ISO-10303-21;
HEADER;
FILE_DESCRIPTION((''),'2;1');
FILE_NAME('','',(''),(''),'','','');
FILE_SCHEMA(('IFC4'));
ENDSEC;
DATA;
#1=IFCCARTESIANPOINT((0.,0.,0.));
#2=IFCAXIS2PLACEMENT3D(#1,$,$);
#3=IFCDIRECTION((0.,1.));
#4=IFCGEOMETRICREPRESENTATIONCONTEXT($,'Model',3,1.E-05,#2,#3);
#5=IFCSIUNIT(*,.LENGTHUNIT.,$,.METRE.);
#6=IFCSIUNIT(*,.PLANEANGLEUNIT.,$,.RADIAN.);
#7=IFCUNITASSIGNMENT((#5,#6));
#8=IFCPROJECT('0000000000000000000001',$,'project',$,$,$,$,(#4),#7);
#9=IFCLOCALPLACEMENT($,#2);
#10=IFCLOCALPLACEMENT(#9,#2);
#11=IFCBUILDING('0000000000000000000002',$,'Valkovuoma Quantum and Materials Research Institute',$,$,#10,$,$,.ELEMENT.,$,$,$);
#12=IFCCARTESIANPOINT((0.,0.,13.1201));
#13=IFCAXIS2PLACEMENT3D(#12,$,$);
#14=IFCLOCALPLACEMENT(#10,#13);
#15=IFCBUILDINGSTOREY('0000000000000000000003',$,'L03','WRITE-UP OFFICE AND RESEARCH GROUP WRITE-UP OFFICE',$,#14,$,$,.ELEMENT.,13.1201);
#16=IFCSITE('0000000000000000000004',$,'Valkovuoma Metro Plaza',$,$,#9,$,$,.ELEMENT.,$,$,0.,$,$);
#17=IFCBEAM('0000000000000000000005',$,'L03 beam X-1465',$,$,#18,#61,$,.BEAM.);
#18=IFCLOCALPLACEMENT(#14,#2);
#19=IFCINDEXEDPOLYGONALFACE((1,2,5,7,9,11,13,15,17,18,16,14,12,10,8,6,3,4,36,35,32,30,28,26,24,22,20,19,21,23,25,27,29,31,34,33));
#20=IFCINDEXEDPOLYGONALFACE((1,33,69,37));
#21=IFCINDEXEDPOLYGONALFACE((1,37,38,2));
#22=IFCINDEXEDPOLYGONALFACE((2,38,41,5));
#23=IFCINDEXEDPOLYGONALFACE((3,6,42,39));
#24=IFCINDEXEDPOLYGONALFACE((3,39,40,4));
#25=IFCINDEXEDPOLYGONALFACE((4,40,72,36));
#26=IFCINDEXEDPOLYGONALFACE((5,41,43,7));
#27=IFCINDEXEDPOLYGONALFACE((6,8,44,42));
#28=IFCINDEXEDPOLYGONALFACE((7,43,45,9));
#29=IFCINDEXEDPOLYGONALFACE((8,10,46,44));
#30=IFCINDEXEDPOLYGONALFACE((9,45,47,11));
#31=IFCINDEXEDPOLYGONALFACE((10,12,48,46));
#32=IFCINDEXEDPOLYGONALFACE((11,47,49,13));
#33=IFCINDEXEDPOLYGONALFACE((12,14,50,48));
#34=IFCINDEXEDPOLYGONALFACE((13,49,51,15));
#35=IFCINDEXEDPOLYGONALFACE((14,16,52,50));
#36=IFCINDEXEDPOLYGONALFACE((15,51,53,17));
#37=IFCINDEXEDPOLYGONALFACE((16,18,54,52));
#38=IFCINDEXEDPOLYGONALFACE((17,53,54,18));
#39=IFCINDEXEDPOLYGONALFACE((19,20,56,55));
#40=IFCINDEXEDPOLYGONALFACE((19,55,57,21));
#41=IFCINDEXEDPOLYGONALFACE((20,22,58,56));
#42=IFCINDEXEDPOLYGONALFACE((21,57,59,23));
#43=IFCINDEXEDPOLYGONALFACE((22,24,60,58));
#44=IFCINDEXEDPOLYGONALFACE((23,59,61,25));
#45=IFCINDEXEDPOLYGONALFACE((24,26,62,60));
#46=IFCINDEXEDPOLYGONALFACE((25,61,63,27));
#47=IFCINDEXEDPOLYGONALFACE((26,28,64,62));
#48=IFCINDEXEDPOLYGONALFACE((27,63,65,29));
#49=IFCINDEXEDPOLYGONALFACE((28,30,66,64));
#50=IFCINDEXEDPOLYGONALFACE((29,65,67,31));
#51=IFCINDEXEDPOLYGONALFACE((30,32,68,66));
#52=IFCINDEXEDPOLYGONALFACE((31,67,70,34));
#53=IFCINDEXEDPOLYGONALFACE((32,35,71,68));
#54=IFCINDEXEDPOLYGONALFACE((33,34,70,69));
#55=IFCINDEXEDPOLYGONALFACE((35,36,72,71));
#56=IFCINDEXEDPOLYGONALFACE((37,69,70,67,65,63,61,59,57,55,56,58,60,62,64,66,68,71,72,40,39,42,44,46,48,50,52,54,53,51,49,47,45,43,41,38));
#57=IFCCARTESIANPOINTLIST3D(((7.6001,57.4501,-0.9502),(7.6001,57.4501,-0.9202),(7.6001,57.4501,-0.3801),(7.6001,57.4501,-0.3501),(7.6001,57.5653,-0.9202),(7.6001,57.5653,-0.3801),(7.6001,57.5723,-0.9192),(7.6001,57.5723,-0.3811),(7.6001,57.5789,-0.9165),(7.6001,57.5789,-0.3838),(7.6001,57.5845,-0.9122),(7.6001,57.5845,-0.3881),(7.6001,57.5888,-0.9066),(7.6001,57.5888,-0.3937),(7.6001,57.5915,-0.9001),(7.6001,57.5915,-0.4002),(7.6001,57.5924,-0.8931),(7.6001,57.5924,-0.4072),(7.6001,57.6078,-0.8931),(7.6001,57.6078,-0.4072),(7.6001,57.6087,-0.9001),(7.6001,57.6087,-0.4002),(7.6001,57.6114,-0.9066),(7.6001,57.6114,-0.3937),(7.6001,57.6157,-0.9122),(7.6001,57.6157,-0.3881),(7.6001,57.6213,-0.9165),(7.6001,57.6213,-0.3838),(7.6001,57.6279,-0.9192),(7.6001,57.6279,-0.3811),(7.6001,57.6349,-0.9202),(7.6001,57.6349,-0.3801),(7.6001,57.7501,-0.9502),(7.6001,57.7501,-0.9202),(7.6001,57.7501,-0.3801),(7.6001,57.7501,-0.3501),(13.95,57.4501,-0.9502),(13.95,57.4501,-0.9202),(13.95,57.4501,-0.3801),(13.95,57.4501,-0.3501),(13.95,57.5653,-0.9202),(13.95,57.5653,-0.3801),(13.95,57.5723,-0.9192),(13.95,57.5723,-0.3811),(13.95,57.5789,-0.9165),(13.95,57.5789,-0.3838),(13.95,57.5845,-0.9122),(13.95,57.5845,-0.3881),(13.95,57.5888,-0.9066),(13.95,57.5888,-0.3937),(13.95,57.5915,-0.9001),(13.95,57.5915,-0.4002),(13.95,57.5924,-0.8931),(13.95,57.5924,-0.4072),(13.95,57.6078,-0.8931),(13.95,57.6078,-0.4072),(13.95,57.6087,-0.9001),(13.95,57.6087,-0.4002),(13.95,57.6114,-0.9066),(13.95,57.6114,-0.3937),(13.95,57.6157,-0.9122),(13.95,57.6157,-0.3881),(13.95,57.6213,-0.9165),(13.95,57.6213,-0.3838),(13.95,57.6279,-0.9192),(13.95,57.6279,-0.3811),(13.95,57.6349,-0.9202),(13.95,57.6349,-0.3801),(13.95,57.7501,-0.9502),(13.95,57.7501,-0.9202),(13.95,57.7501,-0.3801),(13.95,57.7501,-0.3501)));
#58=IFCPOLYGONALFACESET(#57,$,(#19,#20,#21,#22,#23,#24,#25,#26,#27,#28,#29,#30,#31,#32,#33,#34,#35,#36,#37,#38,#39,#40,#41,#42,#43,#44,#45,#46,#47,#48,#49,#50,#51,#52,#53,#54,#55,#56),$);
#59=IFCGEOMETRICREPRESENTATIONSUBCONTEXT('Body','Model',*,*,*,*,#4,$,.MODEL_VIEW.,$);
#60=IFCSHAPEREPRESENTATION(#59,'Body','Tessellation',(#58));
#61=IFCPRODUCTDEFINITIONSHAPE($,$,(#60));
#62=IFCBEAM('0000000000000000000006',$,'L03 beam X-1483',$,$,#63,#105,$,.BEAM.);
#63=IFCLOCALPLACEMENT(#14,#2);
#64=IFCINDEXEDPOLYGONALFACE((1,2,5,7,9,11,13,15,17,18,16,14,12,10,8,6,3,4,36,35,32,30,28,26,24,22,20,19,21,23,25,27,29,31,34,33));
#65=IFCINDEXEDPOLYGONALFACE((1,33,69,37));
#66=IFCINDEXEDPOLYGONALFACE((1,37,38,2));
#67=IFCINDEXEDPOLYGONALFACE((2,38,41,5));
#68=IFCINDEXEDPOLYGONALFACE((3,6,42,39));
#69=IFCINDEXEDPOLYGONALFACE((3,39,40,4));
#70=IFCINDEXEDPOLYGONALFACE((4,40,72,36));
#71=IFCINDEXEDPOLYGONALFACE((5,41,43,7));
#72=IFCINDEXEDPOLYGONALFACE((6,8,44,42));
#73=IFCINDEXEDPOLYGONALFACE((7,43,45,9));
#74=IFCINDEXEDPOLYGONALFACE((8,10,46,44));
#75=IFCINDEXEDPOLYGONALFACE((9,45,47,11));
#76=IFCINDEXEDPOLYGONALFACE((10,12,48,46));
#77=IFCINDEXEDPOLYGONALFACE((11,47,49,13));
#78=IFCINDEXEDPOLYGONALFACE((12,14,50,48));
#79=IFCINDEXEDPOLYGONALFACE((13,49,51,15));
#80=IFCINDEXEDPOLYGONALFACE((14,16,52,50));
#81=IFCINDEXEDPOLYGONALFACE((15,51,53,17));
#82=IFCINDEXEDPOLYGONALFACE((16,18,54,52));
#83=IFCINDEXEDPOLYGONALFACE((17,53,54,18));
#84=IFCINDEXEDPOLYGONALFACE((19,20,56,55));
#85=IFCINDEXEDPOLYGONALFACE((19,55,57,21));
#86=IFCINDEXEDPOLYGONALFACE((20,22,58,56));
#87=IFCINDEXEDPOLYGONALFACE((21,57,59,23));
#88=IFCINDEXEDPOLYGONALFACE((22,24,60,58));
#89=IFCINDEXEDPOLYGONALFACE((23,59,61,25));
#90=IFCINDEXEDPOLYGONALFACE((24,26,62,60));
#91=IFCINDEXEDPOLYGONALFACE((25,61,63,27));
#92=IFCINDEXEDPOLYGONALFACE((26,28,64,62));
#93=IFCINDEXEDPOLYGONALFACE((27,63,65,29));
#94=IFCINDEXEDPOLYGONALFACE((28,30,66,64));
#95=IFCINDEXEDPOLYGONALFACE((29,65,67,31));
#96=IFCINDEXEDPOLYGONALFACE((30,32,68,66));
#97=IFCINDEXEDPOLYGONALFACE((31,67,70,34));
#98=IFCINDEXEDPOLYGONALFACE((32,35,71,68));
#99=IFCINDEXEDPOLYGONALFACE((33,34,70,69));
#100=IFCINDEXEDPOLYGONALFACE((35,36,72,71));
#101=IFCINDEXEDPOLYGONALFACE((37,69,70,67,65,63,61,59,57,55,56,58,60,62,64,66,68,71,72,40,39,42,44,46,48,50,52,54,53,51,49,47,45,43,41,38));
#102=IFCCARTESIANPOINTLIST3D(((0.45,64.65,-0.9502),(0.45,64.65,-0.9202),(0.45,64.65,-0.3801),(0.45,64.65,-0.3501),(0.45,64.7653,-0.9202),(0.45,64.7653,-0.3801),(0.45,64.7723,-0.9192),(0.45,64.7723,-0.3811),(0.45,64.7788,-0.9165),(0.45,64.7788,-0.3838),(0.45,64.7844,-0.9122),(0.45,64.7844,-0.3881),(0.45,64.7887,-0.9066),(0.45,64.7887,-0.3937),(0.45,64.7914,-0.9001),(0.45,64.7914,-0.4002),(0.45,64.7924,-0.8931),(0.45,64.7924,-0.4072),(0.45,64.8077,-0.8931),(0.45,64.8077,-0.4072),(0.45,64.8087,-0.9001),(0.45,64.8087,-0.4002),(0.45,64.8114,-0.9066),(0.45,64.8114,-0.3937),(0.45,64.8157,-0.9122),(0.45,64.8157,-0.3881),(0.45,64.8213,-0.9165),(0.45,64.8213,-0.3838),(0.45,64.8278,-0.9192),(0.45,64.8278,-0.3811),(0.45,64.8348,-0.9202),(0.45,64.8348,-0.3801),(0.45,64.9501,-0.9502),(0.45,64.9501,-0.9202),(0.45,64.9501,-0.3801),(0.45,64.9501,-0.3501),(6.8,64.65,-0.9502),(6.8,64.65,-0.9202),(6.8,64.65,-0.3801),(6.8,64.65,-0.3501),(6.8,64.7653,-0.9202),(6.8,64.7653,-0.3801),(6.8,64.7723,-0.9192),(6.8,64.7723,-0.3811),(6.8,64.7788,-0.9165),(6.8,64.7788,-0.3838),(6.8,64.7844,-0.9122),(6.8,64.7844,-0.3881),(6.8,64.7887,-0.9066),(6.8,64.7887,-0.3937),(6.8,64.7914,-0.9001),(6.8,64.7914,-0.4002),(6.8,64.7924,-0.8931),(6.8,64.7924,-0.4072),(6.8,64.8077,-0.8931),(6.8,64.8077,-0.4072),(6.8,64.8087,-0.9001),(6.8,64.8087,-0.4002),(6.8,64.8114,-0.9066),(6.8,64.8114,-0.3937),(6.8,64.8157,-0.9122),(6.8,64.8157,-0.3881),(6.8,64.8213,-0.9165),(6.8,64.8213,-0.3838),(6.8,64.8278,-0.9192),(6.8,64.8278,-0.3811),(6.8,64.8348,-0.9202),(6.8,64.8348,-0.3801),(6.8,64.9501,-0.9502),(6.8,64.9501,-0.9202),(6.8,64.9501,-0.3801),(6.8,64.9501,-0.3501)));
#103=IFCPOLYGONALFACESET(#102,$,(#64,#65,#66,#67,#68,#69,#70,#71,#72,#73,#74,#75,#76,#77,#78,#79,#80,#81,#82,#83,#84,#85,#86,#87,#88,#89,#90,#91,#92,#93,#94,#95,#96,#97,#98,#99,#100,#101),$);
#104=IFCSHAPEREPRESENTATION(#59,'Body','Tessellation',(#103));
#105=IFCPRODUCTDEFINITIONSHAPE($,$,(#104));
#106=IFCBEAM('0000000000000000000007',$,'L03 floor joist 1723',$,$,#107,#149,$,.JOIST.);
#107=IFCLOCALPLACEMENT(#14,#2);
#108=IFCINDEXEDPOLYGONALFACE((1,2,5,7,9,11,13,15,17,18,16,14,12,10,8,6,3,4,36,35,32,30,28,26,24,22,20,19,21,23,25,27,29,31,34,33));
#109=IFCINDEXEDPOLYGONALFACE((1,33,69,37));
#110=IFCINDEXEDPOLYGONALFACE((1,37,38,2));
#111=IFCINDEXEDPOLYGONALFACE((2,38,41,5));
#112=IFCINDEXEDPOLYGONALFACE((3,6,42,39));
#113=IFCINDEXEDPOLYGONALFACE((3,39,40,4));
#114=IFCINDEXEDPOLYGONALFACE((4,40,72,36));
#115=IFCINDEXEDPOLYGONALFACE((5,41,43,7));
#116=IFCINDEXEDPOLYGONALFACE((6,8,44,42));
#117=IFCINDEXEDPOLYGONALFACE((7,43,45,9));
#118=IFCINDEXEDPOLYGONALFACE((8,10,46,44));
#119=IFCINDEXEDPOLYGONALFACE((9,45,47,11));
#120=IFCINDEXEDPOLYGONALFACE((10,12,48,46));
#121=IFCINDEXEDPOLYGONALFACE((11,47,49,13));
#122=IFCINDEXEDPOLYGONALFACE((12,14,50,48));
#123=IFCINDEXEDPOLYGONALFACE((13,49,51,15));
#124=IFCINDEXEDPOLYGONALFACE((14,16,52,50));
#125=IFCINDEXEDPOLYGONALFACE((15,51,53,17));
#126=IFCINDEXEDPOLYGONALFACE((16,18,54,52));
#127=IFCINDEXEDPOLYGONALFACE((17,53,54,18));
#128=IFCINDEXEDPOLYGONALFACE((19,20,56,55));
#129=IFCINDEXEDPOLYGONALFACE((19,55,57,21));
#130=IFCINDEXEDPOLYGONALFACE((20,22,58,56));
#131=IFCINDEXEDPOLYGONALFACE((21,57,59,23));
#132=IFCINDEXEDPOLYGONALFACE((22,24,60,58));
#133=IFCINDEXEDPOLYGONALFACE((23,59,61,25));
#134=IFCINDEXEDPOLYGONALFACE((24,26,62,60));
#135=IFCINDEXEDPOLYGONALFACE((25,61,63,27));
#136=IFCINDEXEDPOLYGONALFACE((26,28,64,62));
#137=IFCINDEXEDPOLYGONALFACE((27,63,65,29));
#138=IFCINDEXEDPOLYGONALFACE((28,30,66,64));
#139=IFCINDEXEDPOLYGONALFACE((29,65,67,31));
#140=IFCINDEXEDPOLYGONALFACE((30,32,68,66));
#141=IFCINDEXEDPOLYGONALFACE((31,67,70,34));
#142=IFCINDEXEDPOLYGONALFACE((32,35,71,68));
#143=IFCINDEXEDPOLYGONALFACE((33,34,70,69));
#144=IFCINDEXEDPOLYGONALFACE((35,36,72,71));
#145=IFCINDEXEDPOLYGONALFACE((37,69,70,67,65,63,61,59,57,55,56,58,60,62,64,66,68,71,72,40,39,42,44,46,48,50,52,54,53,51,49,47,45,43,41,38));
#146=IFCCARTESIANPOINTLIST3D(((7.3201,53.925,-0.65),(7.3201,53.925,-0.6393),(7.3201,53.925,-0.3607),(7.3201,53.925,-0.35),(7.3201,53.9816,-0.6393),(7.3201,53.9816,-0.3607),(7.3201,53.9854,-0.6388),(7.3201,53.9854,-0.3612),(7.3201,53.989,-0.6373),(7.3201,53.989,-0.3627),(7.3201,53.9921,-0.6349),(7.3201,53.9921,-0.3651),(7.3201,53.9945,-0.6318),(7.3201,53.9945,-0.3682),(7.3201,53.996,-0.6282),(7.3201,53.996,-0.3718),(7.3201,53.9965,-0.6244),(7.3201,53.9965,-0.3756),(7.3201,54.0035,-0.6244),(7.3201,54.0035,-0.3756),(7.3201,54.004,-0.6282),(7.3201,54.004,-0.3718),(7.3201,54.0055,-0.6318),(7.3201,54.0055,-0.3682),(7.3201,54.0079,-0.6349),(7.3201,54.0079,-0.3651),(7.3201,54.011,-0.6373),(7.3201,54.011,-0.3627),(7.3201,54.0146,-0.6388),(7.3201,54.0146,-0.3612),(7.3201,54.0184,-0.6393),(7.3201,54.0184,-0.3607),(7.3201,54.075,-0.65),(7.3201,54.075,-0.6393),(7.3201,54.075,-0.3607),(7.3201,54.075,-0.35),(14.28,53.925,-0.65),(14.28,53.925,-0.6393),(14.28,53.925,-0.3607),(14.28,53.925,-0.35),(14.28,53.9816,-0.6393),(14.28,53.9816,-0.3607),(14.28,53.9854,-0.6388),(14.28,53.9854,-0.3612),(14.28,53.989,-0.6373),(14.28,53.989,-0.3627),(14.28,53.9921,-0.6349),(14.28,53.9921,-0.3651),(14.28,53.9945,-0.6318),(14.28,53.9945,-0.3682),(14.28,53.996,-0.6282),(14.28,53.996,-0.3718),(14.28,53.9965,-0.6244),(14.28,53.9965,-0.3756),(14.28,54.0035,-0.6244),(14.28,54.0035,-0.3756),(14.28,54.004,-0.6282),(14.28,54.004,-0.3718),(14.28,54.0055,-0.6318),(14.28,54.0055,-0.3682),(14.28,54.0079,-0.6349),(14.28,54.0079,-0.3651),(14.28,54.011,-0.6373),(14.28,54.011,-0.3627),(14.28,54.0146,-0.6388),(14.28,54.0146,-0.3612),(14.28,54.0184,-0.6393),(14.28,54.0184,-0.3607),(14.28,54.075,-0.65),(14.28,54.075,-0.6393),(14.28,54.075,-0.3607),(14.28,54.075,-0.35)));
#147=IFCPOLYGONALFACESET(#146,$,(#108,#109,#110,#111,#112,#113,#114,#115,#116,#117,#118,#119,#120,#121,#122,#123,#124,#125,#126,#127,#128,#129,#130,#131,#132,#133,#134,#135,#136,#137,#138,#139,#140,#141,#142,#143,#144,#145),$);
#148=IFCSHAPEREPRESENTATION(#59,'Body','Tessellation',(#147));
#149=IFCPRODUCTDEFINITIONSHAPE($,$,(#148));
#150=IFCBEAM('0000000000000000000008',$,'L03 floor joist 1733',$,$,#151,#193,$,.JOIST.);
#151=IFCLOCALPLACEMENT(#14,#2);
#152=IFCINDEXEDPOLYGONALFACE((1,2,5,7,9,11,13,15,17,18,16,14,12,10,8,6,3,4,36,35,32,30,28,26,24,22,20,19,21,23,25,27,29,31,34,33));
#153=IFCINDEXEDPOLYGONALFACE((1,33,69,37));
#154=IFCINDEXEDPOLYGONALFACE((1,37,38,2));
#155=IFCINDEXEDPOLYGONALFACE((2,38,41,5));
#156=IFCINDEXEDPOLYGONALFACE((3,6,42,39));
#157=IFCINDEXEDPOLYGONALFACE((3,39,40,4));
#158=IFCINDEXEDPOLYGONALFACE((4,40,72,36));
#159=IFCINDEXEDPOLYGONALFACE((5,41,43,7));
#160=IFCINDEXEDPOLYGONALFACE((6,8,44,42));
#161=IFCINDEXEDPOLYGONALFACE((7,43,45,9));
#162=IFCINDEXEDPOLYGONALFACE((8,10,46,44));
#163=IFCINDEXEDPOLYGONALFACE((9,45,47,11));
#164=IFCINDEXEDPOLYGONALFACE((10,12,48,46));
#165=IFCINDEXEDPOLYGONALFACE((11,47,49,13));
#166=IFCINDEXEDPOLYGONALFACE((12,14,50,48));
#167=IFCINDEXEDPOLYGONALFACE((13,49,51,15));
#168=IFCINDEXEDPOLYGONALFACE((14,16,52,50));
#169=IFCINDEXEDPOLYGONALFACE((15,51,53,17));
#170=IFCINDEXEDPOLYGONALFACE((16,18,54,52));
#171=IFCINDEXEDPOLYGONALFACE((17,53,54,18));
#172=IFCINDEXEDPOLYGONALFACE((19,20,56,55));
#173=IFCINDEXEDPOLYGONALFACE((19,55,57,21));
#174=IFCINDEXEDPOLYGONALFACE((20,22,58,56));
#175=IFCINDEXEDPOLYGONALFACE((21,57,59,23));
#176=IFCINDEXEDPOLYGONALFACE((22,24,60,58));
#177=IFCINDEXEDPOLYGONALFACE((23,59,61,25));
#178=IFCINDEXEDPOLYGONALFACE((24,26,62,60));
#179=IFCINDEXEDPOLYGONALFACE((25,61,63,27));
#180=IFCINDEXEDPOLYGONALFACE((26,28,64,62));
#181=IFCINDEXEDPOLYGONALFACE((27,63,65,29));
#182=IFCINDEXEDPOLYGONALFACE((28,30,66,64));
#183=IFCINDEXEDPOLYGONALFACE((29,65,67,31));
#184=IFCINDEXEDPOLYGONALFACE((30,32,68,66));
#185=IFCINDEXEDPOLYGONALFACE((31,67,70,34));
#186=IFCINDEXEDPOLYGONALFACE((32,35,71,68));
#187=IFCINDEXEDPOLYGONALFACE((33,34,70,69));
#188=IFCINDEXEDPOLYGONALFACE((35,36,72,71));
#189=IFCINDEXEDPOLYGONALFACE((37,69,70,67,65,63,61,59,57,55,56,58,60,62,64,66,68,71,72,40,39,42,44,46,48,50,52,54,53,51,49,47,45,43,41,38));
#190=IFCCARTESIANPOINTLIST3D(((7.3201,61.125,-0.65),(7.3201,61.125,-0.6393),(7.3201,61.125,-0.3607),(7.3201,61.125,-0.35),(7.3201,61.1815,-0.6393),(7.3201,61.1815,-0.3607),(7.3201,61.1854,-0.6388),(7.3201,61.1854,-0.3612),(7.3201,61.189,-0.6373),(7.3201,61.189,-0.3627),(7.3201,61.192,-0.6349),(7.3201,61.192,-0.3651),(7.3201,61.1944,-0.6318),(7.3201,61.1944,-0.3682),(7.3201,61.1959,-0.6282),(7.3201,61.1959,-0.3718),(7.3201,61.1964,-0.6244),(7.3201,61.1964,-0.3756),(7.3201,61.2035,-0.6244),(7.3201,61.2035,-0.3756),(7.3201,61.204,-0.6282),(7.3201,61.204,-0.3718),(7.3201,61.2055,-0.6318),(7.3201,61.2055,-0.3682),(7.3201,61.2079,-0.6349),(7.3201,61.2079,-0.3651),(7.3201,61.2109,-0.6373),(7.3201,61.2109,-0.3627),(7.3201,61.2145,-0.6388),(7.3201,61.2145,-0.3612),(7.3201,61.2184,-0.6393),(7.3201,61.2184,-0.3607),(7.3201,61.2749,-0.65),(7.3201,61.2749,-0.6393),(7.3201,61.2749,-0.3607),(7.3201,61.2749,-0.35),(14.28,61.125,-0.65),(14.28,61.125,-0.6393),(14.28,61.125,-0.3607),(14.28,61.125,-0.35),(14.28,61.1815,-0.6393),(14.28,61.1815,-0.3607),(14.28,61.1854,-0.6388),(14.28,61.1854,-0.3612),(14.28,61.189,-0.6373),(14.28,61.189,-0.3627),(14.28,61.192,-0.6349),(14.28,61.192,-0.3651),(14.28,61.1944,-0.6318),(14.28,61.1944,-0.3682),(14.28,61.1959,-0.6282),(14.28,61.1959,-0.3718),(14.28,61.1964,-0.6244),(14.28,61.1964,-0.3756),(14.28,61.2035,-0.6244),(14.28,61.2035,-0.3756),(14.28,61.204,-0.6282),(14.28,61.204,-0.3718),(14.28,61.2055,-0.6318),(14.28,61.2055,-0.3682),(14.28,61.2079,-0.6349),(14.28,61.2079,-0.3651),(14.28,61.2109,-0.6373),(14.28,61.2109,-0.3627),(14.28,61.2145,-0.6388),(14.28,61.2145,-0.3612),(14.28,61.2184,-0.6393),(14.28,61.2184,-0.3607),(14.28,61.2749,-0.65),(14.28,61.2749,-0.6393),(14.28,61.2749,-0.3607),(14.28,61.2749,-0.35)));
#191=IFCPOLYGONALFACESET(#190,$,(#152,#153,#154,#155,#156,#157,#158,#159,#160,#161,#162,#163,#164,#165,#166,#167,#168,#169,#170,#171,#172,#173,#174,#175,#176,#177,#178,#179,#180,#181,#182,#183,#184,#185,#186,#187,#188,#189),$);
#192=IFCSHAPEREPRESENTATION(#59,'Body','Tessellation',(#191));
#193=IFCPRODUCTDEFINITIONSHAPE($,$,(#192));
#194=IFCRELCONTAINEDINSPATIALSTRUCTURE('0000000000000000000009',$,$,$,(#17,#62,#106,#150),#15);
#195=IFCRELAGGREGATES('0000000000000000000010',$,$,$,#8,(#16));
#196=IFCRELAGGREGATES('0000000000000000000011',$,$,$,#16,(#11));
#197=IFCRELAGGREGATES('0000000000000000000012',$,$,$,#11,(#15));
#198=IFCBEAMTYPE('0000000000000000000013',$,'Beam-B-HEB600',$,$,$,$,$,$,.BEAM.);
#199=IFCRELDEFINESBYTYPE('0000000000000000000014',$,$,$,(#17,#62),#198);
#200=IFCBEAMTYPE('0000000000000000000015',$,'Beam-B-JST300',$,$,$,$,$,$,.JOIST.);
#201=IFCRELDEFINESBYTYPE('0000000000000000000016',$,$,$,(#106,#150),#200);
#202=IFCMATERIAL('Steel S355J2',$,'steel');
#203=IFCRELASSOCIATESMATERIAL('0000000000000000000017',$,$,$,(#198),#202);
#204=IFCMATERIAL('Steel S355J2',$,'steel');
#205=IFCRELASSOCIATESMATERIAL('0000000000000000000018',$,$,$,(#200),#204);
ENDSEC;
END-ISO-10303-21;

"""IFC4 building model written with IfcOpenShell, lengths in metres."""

from ifc_helpers import new_model, si_unit, direction, frame, origin, origin_2d, place, context, subcontext, project, spatial, i_section, extrude, material, material_profile, profile_set, type_object, element, save


model = new_model("IFC4")

# Units and contexts
model_context = context("Model", 3, precision=1e-05, world=origin(), true_north=direction((0.0, 1.0)))
body_context = subcontext(model_context, "Body", "Model", "MODEL_VIEW")
ifc_project = project(units=[si_unit("LENGTHUNIT", "METRE"), si_unit("PLANEANGLEUNIT", "RADIAN")], contexts=[model_context])

# Site, building, storey
site_placement = place(None, origin())
site = spatial("IfcSite", under=ifc_project, at=site_placement, Name="Valkovuoma Metro Plaza", CompositionType="ELEMENT", RefElevation=0.0)
building_placement = place(site_placement, origin())
building = spatial("IfcBuilding", under=site, at=building_placement, Name="Valkovuoma Quantum and Materials Research Institute", CompositionType="ELEMENT")
storey_placement = place(building_placement, frame((0.0, 0.0, 13.1201)))
storey = spatial("IfcBuildingStorey", under=building, at=storey_placement, Name="L03", Description="WRITE-UP OFFICE AND RESEARCH GROUP WRITE-UP OFFICE", CompositionType="ELEMENT", Elevation=13.1201)

# Beams
ifc_material_1 = material(Name="Steel S355J2", Category="steel")
ifc_material_profile_1 = material_profile(ifc_material_1, i_section(OverallWidth=0.3, OverallDepth=0.6001, WebThickness=0.0154, FlangeThickness=0.03, FilletRadius=0.0271, at=origin_2d()), Name="Steel S355J2")
ifc_profile_set_1 = profile_set([ifc_material_profile_1], Name="Steel S355J2")
beam_type_1 = type_object("IfcBeamType", Name="Beam-B-HEB600", PredefinedType="BEAM", material=ifc_profile_set_1)
beam_1_placement = place(storey_placement, frame((7.6001, 57.6001, -0.6501), z_axis=(1.0, 0.0, 0.0), x_axis=(0.0, 1.0, 0.0)))
element("IfcBeam", 1, at=beam_1_placement, inside=storey, type_object=beam_type_1, Name="L03 beam X-1465", PredefinedType="BEAM", context=body_context, shape_type="SweptSolid", body=[
    extrude(i_section(OverallWidth=0.3, OverallDepth=0.6001, WebThickness=0.0154, FlangeThickness=0.03, FilletRadius=0.0271, at=origin_2d()), origin(), (0.0, 0.0, 1.0), 6.3499),
])
beam_2_placement = place(storey_placement, frame((0.45, 64.8, -0.6501), z_axis=(1.0, 0.0, 0.0), x_axis=(0.0, 1.0, 0.0)))
element("IfcBeam", 2, at=beam_2_placement, inside=storey, type_object=beam_type_1, Name="L03 beam X-1483", PredefinedType="BEAM", context=body_context, shape_type="SweptSolid", body=[
    extrude(i_section(OverallWidth=0.3, OverallDepth=0.6001, WebThickness=0.0154, FlangeThickness=0.03, FilletRadius=0.0271, at=origin_2d()), origin(), (0.0, 0.0, 1.0), 6.3501),
])
ifc_material_2 = material(Name="Steel S355J2", Category="steel")
ifc_material_profile_2 = material_profile(ifc_material_2, i_section(OverallWidth=0.1499, OverallDepth=0.3, WebThickness=0.0071, FlangeThickness=0.0107, FilletRadius=0.0149, at=origin_2d()), Name="Steel S355J2")
ifc_profile_set_2 = profile_set([ifc_material_profile_2], Name="Steel S355J2")
beam_type_2 = type_object("IfcBeamType", Name="Beam-B-JST300", PredefinedType="JOIST", material=ifc_profile_set_2)
for number, where, z_axis, x_axis, name in (
    (3, (7.3201, 54.0, -0.5), (1.0, 0.0, 0.0), (0.0, 1.0, 0.0), "L03 floor joist 1723"),
    (4, (7.3201, 61.2, -0.5), (1.0, 0.0, 0.0), (0.0, 1.0, 0.0), "L03 floor joist 1733"),
):
    element("IfcBeam", number, at=place(storey_placement, frame(where, z_axis=z_axis, x_axis=x_axis)), inside=storey, type_object=beam_type_2, Name=name, PredefinedType="JOIST", context=body_context, shape_type="SweptSolid", body=[
        extrude(i_section(OverallWidth=0.1499, OverallDepth=0.3, WebThickness=0.0071, FlangeThickness=0.0107, FilletRadius=0.0149, at=origin_2d()), origin(), (0.0, 0.0, 1.0), 6.96),
    ])

save(model, "model.ifc")
